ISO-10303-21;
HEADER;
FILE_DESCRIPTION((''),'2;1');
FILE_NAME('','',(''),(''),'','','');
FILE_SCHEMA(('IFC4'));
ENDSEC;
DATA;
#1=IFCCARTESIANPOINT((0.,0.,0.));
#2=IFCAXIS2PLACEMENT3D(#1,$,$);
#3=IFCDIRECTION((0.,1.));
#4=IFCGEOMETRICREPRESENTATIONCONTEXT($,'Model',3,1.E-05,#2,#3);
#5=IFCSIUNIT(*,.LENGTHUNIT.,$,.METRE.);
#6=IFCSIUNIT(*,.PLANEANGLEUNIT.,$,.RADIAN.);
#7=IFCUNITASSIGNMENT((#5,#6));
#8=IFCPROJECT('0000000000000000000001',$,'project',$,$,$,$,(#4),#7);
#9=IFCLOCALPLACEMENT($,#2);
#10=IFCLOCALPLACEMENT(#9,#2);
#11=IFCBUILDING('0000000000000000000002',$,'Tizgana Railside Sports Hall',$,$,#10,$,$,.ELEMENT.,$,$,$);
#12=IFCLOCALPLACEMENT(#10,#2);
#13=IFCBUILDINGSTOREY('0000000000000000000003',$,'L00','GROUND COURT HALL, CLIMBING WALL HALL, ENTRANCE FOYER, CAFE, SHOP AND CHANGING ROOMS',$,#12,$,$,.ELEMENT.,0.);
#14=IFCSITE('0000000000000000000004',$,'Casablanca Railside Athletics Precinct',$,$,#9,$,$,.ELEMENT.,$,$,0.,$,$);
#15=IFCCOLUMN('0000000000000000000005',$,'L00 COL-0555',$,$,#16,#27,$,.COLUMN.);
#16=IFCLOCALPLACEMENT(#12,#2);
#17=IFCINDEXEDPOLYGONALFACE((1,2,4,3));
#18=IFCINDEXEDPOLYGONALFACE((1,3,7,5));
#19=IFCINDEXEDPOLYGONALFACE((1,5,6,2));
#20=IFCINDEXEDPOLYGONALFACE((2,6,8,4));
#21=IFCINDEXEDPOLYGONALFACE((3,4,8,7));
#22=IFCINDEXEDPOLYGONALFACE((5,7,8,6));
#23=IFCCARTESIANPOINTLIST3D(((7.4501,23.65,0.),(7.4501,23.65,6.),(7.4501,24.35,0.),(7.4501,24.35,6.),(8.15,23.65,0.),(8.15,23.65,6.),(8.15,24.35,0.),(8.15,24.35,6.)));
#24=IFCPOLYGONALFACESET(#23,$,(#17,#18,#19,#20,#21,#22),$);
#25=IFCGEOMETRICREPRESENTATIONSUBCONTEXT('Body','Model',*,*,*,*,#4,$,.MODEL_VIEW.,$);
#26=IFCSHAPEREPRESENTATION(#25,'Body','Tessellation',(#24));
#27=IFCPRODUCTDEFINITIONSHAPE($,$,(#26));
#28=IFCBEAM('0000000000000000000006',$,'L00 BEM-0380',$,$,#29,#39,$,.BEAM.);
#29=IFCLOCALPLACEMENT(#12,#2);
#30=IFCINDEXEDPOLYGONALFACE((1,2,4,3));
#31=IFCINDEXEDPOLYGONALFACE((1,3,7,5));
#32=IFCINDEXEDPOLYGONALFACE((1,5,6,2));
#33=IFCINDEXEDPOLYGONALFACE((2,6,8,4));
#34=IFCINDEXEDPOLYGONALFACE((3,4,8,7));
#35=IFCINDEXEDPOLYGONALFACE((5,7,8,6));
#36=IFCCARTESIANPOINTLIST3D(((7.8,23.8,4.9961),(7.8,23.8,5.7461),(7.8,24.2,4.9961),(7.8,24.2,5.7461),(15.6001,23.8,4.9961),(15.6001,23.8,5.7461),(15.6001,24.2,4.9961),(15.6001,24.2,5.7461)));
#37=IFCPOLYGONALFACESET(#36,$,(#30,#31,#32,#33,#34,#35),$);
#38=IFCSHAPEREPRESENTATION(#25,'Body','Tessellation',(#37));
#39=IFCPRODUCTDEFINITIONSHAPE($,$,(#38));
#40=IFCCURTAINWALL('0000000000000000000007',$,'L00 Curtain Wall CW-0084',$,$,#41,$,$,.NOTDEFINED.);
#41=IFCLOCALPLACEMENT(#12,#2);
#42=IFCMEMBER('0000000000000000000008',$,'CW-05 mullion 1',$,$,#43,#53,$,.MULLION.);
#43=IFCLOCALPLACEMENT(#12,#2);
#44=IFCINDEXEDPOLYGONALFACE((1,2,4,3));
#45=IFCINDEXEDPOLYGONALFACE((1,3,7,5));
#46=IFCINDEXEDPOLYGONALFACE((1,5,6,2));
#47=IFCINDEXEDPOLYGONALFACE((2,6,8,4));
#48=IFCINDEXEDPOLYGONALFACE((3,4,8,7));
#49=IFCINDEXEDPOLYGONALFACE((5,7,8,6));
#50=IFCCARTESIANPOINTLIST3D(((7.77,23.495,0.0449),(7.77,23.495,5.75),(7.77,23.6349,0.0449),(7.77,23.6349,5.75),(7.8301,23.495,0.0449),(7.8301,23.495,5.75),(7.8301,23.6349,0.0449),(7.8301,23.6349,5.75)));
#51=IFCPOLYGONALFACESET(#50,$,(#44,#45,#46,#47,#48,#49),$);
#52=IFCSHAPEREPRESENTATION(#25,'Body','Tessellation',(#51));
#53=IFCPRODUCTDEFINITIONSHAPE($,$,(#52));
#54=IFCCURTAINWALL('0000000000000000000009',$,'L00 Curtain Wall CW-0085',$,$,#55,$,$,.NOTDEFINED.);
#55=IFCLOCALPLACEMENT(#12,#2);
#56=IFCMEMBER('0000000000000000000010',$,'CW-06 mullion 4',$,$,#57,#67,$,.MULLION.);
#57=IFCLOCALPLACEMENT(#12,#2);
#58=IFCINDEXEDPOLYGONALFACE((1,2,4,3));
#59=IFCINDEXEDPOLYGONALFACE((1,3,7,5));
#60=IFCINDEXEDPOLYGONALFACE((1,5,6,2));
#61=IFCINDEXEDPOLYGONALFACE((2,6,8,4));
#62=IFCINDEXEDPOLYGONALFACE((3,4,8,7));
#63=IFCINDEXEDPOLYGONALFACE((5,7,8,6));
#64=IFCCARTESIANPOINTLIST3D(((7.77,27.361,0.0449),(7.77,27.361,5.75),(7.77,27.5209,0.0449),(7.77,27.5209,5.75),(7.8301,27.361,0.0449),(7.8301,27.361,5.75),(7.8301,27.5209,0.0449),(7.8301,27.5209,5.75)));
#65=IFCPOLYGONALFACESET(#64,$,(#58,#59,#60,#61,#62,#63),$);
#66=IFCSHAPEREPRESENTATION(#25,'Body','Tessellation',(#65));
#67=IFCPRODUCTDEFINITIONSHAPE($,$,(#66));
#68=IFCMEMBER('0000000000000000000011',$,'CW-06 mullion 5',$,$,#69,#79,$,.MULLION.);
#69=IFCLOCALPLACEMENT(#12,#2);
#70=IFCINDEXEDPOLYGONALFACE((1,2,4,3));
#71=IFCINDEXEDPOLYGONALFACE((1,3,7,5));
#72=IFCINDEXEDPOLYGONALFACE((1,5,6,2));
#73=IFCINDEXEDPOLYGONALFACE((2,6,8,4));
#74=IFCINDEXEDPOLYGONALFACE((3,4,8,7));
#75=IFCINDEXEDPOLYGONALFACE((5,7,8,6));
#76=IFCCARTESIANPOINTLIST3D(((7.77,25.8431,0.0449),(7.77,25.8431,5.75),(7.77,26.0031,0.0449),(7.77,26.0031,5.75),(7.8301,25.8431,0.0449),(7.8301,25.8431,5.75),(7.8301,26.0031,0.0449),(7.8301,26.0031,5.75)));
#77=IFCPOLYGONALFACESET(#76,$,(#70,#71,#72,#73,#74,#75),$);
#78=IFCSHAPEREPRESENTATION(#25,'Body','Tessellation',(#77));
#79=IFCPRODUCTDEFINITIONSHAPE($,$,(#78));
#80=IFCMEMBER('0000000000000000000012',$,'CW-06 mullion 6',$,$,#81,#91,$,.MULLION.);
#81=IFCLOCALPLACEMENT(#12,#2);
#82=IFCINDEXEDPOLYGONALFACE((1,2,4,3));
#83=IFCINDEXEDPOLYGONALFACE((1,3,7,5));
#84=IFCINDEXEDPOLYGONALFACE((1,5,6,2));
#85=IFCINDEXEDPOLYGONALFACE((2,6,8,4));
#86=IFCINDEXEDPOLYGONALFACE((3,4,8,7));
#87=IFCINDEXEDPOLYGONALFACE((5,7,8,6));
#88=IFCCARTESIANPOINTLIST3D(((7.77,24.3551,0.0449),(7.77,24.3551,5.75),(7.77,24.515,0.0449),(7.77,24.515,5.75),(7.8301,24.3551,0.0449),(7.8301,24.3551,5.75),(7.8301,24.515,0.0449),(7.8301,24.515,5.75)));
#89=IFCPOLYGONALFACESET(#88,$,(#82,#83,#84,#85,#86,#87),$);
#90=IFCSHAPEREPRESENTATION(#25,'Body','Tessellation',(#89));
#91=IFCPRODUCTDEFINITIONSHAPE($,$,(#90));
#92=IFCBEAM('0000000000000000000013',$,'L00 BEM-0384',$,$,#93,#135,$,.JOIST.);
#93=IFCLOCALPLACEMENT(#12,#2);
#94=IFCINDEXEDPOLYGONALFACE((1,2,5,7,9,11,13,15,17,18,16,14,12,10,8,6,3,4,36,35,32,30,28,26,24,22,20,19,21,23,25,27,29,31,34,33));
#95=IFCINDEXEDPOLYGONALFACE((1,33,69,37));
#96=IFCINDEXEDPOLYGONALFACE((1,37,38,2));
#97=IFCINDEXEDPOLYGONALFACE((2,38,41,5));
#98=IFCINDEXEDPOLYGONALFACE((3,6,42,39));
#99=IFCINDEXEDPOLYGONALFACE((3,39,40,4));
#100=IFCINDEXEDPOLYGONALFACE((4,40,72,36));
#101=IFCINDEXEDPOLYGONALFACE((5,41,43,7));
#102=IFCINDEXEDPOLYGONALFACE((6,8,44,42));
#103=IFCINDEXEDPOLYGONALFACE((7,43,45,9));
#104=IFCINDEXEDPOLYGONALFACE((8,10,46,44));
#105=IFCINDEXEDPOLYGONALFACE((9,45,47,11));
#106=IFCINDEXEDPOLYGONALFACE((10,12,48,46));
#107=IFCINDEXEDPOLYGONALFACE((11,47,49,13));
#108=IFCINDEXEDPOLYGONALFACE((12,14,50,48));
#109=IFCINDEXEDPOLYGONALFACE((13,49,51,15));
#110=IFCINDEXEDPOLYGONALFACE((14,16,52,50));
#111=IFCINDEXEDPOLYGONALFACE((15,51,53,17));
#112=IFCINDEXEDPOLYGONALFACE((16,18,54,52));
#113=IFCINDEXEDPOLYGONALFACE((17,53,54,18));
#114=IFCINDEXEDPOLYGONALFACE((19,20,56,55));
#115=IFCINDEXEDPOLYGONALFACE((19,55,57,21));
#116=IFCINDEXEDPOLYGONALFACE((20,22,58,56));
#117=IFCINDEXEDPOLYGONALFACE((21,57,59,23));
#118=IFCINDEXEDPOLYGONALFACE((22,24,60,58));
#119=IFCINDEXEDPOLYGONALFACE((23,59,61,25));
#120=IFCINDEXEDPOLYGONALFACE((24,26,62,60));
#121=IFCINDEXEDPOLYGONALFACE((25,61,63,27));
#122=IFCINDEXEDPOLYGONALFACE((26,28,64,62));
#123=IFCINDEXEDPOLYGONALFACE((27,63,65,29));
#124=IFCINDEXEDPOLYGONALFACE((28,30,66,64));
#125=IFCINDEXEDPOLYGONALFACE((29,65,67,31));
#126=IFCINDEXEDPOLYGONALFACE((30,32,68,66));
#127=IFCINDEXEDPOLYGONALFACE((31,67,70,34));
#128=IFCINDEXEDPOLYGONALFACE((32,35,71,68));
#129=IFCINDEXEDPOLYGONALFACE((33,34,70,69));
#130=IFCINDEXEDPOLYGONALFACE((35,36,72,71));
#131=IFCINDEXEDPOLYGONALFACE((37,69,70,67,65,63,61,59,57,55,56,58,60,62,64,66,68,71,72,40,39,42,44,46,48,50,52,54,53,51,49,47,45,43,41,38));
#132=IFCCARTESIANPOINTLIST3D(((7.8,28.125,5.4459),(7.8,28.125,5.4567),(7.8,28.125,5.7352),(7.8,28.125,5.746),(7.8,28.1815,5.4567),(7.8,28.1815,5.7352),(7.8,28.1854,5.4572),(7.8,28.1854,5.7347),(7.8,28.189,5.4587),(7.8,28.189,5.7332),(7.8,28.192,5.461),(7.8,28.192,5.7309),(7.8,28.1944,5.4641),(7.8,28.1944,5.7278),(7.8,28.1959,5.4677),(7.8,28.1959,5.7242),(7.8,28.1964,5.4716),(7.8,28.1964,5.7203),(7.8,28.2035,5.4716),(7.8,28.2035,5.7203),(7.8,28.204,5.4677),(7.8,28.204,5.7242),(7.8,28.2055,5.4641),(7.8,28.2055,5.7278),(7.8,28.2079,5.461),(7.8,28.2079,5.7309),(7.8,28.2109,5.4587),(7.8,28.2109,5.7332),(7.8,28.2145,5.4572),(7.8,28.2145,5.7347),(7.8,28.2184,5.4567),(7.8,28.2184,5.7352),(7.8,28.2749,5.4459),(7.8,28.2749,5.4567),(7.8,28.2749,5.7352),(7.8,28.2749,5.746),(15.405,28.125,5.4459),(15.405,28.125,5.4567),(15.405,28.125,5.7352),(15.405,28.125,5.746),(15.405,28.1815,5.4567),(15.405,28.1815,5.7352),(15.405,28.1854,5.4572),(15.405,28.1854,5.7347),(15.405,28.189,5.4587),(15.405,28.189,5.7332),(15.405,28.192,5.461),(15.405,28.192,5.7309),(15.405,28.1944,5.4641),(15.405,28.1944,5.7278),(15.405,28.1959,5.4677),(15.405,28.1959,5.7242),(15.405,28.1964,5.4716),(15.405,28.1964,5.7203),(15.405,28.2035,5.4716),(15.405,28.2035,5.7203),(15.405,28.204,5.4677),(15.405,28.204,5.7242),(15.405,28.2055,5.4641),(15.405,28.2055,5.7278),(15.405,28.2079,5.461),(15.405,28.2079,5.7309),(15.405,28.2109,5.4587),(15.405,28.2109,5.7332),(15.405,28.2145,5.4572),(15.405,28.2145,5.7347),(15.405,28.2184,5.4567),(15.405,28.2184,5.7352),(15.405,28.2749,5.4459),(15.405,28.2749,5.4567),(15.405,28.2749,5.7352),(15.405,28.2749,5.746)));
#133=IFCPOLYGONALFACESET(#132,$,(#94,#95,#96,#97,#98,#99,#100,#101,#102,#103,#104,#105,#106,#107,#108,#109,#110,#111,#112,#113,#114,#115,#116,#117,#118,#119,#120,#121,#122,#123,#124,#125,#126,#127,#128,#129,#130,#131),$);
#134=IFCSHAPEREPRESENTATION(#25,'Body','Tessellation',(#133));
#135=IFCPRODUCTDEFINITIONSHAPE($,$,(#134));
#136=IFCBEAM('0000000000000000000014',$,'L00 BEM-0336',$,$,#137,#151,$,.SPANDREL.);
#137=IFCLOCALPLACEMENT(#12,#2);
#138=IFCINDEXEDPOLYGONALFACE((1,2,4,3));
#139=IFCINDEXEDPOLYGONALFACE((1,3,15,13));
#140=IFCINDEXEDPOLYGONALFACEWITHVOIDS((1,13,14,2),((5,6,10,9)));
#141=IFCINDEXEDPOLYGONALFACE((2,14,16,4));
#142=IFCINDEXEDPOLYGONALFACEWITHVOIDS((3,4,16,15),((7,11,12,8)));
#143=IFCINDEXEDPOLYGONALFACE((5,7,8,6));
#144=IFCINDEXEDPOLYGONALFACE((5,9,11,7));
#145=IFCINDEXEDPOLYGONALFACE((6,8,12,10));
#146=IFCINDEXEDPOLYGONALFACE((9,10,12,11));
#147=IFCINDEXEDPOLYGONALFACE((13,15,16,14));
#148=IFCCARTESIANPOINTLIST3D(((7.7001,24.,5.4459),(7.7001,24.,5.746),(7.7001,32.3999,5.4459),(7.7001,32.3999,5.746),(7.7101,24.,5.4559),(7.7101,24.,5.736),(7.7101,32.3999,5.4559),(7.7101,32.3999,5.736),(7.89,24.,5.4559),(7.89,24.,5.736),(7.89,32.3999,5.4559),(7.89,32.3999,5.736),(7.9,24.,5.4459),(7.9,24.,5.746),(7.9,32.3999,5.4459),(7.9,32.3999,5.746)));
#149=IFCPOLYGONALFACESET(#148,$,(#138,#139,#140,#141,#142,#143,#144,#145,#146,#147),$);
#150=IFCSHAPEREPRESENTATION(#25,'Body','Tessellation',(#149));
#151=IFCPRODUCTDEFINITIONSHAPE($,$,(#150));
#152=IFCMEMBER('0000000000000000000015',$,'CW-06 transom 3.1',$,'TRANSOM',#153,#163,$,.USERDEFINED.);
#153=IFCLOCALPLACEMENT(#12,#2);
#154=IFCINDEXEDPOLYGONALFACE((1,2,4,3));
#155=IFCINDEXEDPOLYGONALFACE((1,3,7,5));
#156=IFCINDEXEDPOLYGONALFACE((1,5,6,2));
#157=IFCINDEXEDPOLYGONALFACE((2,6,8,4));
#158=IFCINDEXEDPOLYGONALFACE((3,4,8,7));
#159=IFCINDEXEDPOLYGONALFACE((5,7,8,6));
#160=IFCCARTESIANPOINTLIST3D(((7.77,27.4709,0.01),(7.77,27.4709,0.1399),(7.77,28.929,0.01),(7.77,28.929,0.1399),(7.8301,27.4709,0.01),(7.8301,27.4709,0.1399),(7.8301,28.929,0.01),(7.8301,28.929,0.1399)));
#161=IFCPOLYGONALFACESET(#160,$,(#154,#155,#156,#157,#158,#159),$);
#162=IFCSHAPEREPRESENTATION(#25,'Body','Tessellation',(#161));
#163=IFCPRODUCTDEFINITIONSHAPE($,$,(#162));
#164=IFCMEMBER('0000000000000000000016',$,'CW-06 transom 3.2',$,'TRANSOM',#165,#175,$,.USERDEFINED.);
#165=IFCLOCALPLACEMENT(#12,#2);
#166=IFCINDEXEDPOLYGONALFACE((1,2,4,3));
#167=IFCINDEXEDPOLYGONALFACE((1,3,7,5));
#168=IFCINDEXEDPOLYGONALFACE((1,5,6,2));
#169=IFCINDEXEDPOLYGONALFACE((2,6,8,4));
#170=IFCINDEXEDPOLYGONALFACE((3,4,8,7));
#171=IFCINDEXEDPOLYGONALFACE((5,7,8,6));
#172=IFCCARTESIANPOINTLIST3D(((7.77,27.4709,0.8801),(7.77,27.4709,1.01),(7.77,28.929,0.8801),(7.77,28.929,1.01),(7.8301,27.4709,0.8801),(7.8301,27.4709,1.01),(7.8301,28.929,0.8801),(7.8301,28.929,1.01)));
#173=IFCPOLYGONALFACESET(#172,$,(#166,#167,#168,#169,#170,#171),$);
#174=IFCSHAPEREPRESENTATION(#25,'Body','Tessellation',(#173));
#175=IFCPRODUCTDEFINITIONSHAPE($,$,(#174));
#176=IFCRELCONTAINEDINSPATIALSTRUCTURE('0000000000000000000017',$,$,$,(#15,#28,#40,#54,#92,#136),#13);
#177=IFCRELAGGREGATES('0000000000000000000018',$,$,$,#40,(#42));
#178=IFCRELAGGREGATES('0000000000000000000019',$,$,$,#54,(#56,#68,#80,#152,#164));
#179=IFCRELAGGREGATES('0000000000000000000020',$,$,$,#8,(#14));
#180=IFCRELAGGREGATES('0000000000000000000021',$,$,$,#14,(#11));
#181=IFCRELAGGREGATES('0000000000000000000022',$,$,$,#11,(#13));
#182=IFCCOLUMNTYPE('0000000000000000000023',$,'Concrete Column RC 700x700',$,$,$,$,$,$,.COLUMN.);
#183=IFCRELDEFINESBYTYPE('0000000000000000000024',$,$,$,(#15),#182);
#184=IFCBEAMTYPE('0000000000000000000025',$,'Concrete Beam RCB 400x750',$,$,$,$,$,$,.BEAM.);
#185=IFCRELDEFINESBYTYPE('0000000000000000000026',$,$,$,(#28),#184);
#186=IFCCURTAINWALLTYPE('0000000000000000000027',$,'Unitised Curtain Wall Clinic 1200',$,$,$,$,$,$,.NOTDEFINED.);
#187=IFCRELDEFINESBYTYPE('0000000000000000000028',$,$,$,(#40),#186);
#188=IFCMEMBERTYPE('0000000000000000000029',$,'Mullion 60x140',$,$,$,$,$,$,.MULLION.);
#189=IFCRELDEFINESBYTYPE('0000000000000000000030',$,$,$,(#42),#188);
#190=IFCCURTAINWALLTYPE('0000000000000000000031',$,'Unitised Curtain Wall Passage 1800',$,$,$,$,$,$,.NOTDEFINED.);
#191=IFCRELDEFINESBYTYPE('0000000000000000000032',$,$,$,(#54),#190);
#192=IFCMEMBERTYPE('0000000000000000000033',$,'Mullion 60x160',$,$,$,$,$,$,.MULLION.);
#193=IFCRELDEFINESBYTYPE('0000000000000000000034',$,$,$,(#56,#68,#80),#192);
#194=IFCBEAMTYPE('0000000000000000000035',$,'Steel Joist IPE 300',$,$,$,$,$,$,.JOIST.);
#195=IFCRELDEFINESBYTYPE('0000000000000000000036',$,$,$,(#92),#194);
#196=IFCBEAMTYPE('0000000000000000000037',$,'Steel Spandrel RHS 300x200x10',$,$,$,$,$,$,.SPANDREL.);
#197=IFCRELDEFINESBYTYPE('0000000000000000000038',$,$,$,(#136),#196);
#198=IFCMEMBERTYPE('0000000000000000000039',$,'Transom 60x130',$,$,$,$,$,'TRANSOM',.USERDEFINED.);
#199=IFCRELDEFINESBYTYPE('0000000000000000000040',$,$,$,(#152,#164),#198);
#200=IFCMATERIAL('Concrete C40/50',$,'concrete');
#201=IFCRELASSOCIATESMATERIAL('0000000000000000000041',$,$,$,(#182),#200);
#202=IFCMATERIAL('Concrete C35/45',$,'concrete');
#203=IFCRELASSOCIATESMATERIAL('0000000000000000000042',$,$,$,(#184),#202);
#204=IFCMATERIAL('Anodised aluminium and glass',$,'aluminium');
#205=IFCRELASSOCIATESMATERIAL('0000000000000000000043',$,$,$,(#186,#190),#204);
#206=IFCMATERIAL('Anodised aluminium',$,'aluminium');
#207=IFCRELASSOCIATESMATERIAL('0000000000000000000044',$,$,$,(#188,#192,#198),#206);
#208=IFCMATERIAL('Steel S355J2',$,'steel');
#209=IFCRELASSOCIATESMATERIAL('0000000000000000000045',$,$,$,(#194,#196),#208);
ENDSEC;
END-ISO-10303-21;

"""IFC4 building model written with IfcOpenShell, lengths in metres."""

from ifc_helpers import new_model, si_unit, direction, frame, origin, origin_2d, place, context, subcontext, project, spatial, rectangle, hollow_rectangle, i_section, extrude, material, material_profile, profile_set, type_object, element, aggregate, save


model = new_model("IFC4")

# Units and contexts
model_context = context("Model", 3, precision=1e-05, world=origin(), true_north=direction((0.0, 1.0)))
body_context = subcontext(model_context, "Body", "Model", "MODEL_VIEW")
ifc_project = project(units=[si_unit("LENGTHUNIT", "METRE"), si_unit("PLANEANGLEUNIT", "RADIAN")], contexts=[model_context])

# Site, building, storey
site_placement = place(None, origin())
site = spatial("IfcSite", under=ifc_project, at=site_placement, Name="Casablanca Railside Athletics Precinct", CompositionType="ELEMENT", RefElevation=0.0)
building_placement = place(site_placement, origin())
building = spatial("IfcBuilding", under=site, at=building_placement, Name="Tizgana Railside Sports Hall", CompositionType="ELEMENT")
storey_placement = place(building_placement, origin())
storey = spatial("IfcBuildingStorey", under=building, at=storey_placement, Name="L00", Description="GROUND COURT HALL, CLIMBING WALL HALL, ENTRANCE FOYER, CAFE, SHOP AND CHANGING ROOMS", CompositionType="ELEMENT", Elevation=0.0)

# Column
ifc_material_1 = material(Name="Concrete C40/50", Category="concrete")
ifc_material_profile_1 = material_profile(ifc_material_1, rectangle(XDim=0.7, YDim=0.7, at=origin_2d()), Name="RC 700x700")
ifc_profile_set_1 = profile_set([ifc_material_profile_1], Name="Concrete C40/50")
column_type = type_object("IfcColumnType", Name="Concrete Column RC 700x700", PredefinedType="COLUMN", material=ifc_profile_set_1)
column_placement = place(storey_placement, frame((7.8, 24.0, 0.0), z_axis=(0.0, 0.0, 1.0), x_axis=(1.0, 0.0, 0.0)))
element("IfcColumn", 1, at=column_placement, inside=storey, type_object=column_type, Name="L00 COL-0555", PredefinedType="COLUMN", context=body_context, shape_type="SweptSolid", body=[
    extrude(rectangle(XDim=0.7, YDim=0.7, at=origin_2d()), origin(), (0.0, 0.0, 1.0), 6.0),
])

# Beam
ifc_material_2 = material(Name="Concrete C35/45", Category="concrete")
ifc_material_profile_2 = material_profile(ifc_material_2, rectangle(XDim=0.3999, YDim=0.75, at=origin_2d()), Name="RCB 400x750")
ifc_profile_set_2 = profile_set([ifc_material_profile_2], Name="Concrete C35/45")
beam_type_1 = type_object("IfcBeamType", Name="Concrete Beam RCB 400x750", PredefinedType="BEAM", material=ifc_profile_set_2)
beam_1_placement = place(storey_placement, frame((7.8, 24.0, 5.3711), z_axis=(1.0, 0.0, 0.0), x_axis=(0.0, 1.0, 0.0)))
element("IfcBeam", 2, at=beam_1_placement, inside=storey, type_object=beam_type_1, Name="L00 BEM-0380", PredefinedType="BEAM", context=body_context, shape_type="SweptSolid", body=[
    extrude(rectangle(XDim=0.3999, YDim=0.75, at=origin_2d()), origin(), (0.0, 0.0, 1.0), 7.8),
])

# Curtain wall, member
ifc_material_3 = material(Name="Anodised aluminium and glass", Category="aluminium")
curtain_wall_type_1 = type_object("IfcCurtainWallType", Name="Unitised Curtain Wall Clinic 1200", PredefinedType="NOTDEFINED", material=ifc_material_3)
curtain_wall_1_placement = place(storey_placement, origin())
curtain_wall_1 = element("IfcCurtainWall", 3, at=curtain_wall_1_placement, inside=storey, type_object=curtain_wall_type_1, Name="L00 Curtain Wall CW-0084", PredefinedType="NOTDEFINED")
ifc_material_4 = material(Name="Anodised aluminium", Category="aluminium")
ifc_material_profile_3 = material_profile(ifc_material_4, rectangle(XDim=0.0601, YDim=0.1399, at=origin_2d()), Name="Mullion 60x140")
ifc_profile_set_3 = profile_set([ifc_material_profile_3], Name="Anodised aluminium")
member_type_1 = type_object("IfcMemberType", Name="Mullion 60x140", PredefinedType="MULLION", material=ifc_profile_set_3)
member_1_placement = place(storey_placement, frame((7.8, 23.5649, 0.0449), z_axis=(0.0, 0.0, 1.0), x_axis=(1.0, 0.0, 0.0)))
member_1 = element("IfcMember", 4, at=member_1_placement, type_object=member_type_1, Name="CW-05 mullion 1", PredefinedType="MULLION", context=body_context, shape_type="SweptSolid", body=[
    extrude(rectangle(XDim=0.0601, YDim=0.1399, at=origin_2d()), origin(), (0.0, 0.0, 1.0), 5.7051),
])
aggregate(curtain_wall_1, [member_1])

# Curtain wall, members
curtain_wall_type_2 = type_object("IfcCurtainWallType", Name="Unitised Curtain Wall Passage 1800", PredefinedType="NOTDEFINED", material=ifc_material_3)
curtain_wall_2_placement = place(storey_placement, origin())
curtain_wall_2 = element("IfcCurtainWall", 5, at=curtain_wall_2_placement, inside=storey, type_object=curtain_wall_type_2, Name="L00 Curtain Wall CW-0085", PredefinedType="NOTDEFINED")
ifc_material_profile_4 = material_profile(ifc_material_4, rectangle(XDim=0.0601, YDim=0.1599, at=origin_2d()), Name="Mullion 60x160")
ifc_profile_set_4 = profile_set([ifc_material_profile_4], Name="Anodised aluminium")
member_type_2 = type_object("IfcMemberType", Name="Mullion 60x160", PredefinedType="MULLION", material=ifc_profile_set_4)
member_2_placement = place(storey_placement, frame((7.8, 27.4409, 0.0449), z_axis=(0.0, 0.0, 1.0), x_axis=(1.0, 0.0, 0.0)))
member_2 = element("IfcMember", 6, at=member_2_placement, type_object=member_type_2, Name="CW-06 mullion 4", PredefinedType="MULLION", context=body_context, shape_type="SweptSolid", body=[
    extrude(rectangle(XDim=0.0601, YDim=0.1599, at=origin_2d()), origin(), (0.0, 0.0, 1.0), 5.7051),
])
member_3_placement = place(storey_placement, frame((7.8, 25.9231, 0.0449), z_axis=(0.0, 0.0, 1.0), x_axis=(1.0, 0.0, 0.0)))
member_3 = element("IfcMember", 7, at=member_3_placement, type_object=member_type_2, Name="CW-06 mullion 5", PredefinedType="MULLION", context=body_context, shape_type="SweptSolid", body=[
    extrude(rectangle(XDim=0.0601, YDim=0.1599, at=origin_2d()), origin(), (0.0, 0.0, 1.0), 5.7051),
])
member_4_placement = place(storey_placement, frame((7.8, 24.4351, 0.0449), z_axis=(0.0, 0.0, 1.0), x_axis=(1.0, 0.0, 0.0)))
member_4 = element("IfcMember", 8, at=member_4_placement, type_object=member_type_2, Name="CW-06 mullion 6", PredefinedType="MULLION", context=body_context, shape_type="SweptSolid", body=[
    extrude(rectangle(XDim=0.0601, YDim=0.1599, at=origin_2d()), origin(), (0.0, 0.0, 1.0), 5.7051),
])

# Beams
ifc_material_5 = material(Name="Steel S355J2", Category="steel")
ifc_material_profile_5 = material_profile(ifc_material_5, i_section(OverallWidth=0.1499, OverallDepth=0.3, WebThickness=0.0071, FlangeThickness=0.0107, FilletRadius=0.0149, at=origin_2d()), Name="IPE 300")
ifc_profile_set_5 = profile_set([ifc_material_profile_5], Name="Steel S355J2")
beam_type_2 = type_object("IfcBeamType", Name="Steel Joist IPE 300", PredefinedType="JOIST", material=ifc_profile_set_5)
beam_2_placement = place(storey_placement, frame((7.8, 28.2, 5.5959), z_axis=(1.0, 0.0, 0.0), x_axis=(0.0, 1.0, 0.0)))
element("IfcBeam", 9, at=beam_2_placement, inside=storey, type_object=beam_type_2, Name="L00 BEM-0384", PredefinedType="JOIST", context=body_context, shape_type="SweptSolid", body=[
    extrude(i_section(OverallWidth=0.1499, OverallDepth=0.3, WebThickness=0.0071, FlangeThickness=0.0107, FilletRadius=0.0149, at=origin_2d()), origin(), (0.0, 0.0, 1.0), 7.605),
])
ifc_material_profile_6 = material_profile(ifc_material_5, hollow_rectangle(XDim=0.2, YDim=0.3, WallThickness=0.01, at=origin_2d()), Name="RHS 300x200x10")
ifc_profile_set_6 = profile_set([ifc_material_profile_6], Name="Steel S355J2")
beam_type_3 = type_object("IfcBeamType", Name="Steel Spandrel RHS 300x200x10", PredefinedType="SPANDREL", material=ifc_profile_set_6)
beam_3_placement = place(storey_placement, frame((7.8, 24.0, 5.5959), z_axis=(0.0, 1.0, 0.0), x_axis=(-1.0, 0.0, 0.0)))
element("IfcBeam", 10, at=beam_3_placement, inside=storey, type_object=beam_type_3, Name="L00 BEM-0336", PredefinedType="SPANDREL", context=body_context, shape_type="SweptSolid", body=[
    extrude(hollow_rectangle(XDim=0.2, YDim=0.3, WallThickness=0.01, at=origin_2d()), origin(), (0.0, 0.0, 1.0), 8.3999),
])

# Members
ifc_material_profile_7 = material_profile(ifc_material_4, rectangle(XDim=0.0601, YDim=0.1299, at=origin_2d()), Name="Transom 60x130")
ifc_profile_set_7 = profile_set([ifc_material_profile_7], Name="Anodised aluminium")
member_type_3 = type_object("IfcMemberType", Name="Transom 60x130", ElementType="TRANSOM", PredefinedType="USERDEFINED", material=ifc_profile_set_7)
member_5_placement = place(storey_placement, frame((7.8, 28.929, 0.075), z_axis=(0.0, -1.0, 0.0), x_axis=(1.0, 0.0, 0.0)))
member_5 = element("IfcMember", 11, at=member_5_placement, type_object=member_type_3, Name="CW-06 transom 3.1", ObjectType="TRANSOM", PredefinedType="USERDEFINED", context=body_context, shape_type="SweptSolid", body=[
    extrude(rectangle(XDim=0.0601, YDim=0.1299, at=origin_2d()), origin(), (0.0, 0.0, 1.0), 1.458),
])
member_6_placement = place(storey_placement, frame((7.8, 28.929, 0.9451), z_axis=(0.0, -1.0, 0.0), x_axis=(1.0, 0.0, 0.0)))
member_6 = element("IfcMember", 12, at=member_6_placement, type_object=member_type_3, Name="CW-06 transom 3.2", ObjectType="TRANSOM", PredefinedType="USERDEFINED", context=body_context, shape_type="SweptSolid", body=[
    extrude(rectangle(XDim=0.0601, YDim=0.1299, at=origin_2d()), origin(), (0.0, 0.0, 1.0), 1.458),
])

aggregate(curtain_wall_2, [member_2, member_3, member_4, member_5, member_6])

save(model, "model.ifc")
